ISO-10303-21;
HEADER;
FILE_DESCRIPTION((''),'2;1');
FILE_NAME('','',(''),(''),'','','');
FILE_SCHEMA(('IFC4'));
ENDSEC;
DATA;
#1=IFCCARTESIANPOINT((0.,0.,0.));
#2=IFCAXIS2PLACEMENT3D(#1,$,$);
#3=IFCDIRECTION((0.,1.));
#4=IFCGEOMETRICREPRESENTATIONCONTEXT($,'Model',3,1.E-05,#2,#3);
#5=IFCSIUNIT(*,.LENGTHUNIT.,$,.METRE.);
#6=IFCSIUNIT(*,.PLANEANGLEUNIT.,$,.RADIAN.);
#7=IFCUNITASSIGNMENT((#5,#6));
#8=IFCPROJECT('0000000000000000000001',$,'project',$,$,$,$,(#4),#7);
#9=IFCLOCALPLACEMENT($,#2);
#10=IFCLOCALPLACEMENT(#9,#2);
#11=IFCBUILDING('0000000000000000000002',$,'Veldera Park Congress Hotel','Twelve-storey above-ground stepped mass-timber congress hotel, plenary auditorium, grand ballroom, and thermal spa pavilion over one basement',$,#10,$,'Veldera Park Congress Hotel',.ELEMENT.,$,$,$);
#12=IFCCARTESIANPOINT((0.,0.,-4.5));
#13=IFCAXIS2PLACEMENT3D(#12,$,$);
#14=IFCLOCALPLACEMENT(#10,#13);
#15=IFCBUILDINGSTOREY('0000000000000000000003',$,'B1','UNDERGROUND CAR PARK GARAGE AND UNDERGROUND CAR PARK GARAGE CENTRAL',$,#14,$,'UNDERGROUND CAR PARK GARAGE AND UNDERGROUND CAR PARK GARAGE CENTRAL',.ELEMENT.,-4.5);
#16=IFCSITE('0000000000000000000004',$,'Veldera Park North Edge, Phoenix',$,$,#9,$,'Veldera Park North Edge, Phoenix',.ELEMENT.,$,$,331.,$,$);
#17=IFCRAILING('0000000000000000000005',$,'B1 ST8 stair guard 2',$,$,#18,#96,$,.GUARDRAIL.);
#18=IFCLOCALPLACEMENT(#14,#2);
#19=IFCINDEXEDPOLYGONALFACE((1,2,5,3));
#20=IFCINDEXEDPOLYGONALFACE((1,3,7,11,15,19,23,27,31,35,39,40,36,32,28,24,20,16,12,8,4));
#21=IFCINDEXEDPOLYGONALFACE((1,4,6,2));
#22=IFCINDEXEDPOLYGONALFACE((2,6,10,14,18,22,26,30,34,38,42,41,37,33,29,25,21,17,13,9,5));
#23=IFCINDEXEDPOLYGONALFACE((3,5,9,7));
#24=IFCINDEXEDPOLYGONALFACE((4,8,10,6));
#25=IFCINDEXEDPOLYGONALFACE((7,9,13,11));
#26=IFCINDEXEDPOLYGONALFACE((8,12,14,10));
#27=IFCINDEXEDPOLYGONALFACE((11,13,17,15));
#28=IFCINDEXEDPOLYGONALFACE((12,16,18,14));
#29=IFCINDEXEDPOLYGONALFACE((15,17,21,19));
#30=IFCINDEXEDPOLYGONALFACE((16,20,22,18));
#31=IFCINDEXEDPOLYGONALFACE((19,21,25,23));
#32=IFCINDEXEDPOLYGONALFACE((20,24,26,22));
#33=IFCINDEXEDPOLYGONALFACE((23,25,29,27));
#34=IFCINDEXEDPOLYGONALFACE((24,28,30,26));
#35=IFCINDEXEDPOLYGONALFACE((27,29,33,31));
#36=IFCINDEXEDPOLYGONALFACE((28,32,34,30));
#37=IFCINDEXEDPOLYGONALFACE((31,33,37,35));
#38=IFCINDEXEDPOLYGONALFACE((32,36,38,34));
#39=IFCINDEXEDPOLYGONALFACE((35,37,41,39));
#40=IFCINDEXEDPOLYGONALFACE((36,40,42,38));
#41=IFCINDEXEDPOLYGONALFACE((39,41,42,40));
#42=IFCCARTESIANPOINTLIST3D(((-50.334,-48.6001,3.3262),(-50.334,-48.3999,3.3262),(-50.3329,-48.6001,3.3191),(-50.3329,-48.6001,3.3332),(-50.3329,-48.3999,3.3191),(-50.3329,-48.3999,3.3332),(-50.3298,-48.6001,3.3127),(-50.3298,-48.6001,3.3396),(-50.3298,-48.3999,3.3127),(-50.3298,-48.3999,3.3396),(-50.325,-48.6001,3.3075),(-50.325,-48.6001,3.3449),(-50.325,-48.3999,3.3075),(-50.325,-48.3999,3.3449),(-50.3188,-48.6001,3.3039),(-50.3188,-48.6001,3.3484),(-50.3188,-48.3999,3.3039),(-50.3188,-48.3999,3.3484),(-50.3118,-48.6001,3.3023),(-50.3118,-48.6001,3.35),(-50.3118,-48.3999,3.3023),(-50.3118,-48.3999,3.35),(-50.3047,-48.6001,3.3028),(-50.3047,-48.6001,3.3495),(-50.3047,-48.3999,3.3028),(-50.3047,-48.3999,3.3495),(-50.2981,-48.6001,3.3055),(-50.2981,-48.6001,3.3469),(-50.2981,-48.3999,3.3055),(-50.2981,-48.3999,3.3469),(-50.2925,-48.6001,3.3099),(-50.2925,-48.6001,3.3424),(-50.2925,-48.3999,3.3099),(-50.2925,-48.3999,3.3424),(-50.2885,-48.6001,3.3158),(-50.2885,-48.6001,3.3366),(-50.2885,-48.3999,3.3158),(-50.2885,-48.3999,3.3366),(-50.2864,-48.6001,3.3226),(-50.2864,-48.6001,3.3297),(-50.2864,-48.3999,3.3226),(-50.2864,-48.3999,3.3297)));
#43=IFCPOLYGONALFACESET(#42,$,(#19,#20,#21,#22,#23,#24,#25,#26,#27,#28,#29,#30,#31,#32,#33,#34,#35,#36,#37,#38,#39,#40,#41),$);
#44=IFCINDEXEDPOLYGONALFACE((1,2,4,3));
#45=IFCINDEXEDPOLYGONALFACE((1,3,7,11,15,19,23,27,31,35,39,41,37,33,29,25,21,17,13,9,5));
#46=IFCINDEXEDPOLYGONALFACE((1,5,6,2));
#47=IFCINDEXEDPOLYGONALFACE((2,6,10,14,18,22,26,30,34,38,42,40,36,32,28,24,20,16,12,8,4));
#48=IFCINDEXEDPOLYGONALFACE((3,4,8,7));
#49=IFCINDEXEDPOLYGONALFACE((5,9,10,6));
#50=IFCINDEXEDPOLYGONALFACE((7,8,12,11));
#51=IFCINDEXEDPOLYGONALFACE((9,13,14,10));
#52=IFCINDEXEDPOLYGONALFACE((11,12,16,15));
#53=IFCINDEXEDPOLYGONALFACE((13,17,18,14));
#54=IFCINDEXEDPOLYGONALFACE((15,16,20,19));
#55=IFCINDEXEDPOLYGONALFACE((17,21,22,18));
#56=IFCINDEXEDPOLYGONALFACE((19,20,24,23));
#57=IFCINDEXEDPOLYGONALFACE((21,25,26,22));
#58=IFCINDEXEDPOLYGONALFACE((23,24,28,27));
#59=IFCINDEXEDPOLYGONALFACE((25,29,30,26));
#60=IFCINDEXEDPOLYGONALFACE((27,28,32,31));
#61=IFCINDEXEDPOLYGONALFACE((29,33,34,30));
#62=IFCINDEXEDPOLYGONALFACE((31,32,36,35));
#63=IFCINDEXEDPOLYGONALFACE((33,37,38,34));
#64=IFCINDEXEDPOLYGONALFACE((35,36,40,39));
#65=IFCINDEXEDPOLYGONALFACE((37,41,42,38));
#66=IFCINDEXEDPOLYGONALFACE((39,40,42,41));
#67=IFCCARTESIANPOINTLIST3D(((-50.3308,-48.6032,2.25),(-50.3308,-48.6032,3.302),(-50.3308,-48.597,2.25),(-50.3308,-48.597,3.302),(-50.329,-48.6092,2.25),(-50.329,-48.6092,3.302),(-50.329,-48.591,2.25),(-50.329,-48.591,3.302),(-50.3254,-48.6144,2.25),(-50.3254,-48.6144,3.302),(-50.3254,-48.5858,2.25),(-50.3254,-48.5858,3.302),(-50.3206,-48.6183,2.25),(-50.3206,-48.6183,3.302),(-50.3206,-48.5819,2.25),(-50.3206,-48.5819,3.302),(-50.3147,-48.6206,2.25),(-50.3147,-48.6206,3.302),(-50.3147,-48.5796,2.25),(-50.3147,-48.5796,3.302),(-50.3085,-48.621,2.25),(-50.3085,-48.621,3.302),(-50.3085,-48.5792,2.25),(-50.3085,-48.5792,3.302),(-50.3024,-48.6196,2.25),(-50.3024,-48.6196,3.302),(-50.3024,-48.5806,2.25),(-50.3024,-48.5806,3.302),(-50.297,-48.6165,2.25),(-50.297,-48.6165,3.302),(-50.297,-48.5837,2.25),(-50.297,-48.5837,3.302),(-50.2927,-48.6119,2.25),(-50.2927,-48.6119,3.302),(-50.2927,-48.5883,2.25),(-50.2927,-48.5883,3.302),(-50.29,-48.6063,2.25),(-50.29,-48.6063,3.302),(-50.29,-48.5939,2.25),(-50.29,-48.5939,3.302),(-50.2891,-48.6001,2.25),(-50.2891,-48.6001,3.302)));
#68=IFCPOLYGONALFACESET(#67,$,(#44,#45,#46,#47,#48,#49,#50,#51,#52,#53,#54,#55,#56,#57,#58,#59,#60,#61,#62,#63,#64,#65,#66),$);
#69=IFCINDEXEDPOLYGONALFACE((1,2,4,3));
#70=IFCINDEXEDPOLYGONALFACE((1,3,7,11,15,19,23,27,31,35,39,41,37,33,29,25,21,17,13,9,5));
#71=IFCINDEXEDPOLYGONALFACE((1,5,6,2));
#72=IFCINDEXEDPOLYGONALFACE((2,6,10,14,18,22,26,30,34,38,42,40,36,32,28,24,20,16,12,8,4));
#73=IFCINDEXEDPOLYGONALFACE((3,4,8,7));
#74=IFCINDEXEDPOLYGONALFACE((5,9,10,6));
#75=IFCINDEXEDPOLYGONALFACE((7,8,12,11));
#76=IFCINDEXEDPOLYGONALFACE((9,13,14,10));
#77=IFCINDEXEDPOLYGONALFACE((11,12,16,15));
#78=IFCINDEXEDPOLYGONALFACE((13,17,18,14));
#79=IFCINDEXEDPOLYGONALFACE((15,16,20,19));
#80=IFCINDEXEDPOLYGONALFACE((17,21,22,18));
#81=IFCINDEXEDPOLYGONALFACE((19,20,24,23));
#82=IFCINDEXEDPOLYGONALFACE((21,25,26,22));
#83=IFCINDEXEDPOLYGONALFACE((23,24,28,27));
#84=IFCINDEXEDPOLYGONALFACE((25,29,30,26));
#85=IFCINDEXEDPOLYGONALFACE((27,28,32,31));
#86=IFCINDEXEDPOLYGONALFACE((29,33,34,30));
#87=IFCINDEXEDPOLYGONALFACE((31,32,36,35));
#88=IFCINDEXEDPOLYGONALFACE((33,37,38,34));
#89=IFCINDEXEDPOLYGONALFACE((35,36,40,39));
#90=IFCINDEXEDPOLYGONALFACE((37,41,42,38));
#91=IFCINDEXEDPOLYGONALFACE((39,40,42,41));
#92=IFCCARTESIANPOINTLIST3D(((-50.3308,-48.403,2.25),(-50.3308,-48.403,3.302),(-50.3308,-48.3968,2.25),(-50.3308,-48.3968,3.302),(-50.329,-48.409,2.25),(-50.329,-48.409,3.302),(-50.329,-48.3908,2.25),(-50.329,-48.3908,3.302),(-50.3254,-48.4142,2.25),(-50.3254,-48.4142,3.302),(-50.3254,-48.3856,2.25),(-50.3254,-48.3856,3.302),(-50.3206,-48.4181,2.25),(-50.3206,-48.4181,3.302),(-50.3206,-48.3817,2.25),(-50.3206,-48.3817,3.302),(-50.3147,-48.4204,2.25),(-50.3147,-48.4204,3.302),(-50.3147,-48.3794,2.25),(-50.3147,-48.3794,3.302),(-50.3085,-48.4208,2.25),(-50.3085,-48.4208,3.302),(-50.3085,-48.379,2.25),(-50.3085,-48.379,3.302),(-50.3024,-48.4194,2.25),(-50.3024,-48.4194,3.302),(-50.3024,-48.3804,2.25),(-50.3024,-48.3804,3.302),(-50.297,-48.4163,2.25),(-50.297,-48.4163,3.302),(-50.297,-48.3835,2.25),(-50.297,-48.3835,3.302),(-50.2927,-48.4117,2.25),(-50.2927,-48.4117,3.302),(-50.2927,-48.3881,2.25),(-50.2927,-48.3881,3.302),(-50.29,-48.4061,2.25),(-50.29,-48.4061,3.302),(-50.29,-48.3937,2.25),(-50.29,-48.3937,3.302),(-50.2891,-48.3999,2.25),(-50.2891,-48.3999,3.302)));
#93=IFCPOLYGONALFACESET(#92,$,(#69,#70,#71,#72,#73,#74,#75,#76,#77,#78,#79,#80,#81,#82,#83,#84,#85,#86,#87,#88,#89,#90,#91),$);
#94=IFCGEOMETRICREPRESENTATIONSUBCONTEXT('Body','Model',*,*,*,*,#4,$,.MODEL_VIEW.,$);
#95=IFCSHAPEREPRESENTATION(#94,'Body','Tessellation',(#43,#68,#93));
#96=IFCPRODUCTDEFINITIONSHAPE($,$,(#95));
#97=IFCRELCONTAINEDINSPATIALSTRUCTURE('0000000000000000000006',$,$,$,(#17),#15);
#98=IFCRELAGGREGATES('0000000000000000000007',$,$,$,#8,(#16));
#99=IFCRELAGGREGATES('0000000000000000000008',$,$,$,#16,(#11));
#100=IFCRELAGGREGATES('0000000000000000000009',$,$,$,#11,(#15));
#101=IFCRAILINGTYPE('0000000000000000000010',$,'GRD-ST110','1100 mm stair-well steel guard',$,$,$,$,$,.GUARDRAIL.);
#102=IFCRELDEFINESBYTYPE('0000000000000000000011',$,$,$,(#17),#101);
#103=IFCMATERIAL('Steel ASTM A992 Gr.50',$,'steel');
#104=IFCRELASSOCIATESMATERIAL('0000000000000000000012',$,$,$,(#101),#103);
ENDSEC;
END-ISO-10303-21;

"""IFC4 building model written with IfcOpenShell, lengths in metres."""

from ifc_helpers import new_model, si_unit, direction, frame, origin, origin_2d, place, context, subcontext, project, spatial, circle, extrude, material, type_object, element, save


model = new_model("IFC4")

# Units and contexts
model_context = context("Model", 3, precision=1e-05, world=origin(), true_north=direction((0.0, 1.0)))
body_context = subcontext(model_context, "Body", "Model", "MODEL_VIEW")
ifc_project = project(units=[si_unit("LENGTHUNIT", "METRE"), si_unit("PLANEANGLEUNIT", "RADIAN")], contexts=[model_context])

# Site, building, storey
site_placement = place(None, origin())
site = spatial("IfcSite", under=ifc_project, at=site_placement, Name="Veldera Park North Edge, Phoenix", LongName="Veldera Park North Edge, Phoenix", CompositionType="ELEMENT", RefElevation=331.0)
building_placement = place(site_placement, origin())
building = spatial("IfcBuilding", under=site, at=building_placement, Name="Veldera Park Congress Hotel", Description="Twelve-storey above-ground stepped mass-timber congress hotel, plenary auditorium, grand ballroom, and thermal spa pavilion over one basement", LongName="Veldera Park Congress Hotel", CompositionType="ELEMENT")
storey_placement = place(building_placement, frame((0.0, 0.0, -4.5)))
storey = spatial("IfcBuildingStorey", under=building, at=storey_placement, Name="B1", Description="UNDERGROUND CAR PARK GARAGE AND UNDERGROUND CAR PARK GARAGE CENTRAL", LongName="UNDERGROUND CAR PARK GARAGE AND UNDERGROUND CAR PARK GARAGE CENTRAL", CompositionType="ELEMENT", Elevation=-4.5)

# Shared definitions
ifc_material_1 = material(Name="Steel ASTM A992 Gr.50", Category="steel")

# Railing
railing_type_1 = type_object("IfcRailingType", Name="GRD-ST110", Description="1100 mm stair-well steel guard", PredefinedType="GUARDRAIL", material=ifc_material_1)
railing_1_placement = place(storey_placement, frame((-50.3101, -48.6001, 2.25)))
element("IfcRailing", 1, at=railing_1_placement, inside=storey, type_object=railing_type_1, Name="B1 ST8 stair guard 2", PredefinedType="GUARDRAIL", context=body_context, shape_type="SweptSolid", body=[
    extrude(circle(Radius=0.0239, at=origin_2d()), frame((0.0, 0.0, 1.0762), z_axis=(0.0, 1.0, 0.0), x_axis=(-1.0, 0.0, 0.0)), (0.0, 0.0, 1.0), 0.2002),
    extrude(circle(Radius=0.021, at=origin_2d()), origin(), (0.0, 0.0, 1.0), 1.052),
    extrude(circle(Radius=0.021, at=origin_2d()), frame((0.0, 0.2002, 0.0)), (0.0, 0.0, 1.0), 1.052),
])

save(model, "model.ifc")
